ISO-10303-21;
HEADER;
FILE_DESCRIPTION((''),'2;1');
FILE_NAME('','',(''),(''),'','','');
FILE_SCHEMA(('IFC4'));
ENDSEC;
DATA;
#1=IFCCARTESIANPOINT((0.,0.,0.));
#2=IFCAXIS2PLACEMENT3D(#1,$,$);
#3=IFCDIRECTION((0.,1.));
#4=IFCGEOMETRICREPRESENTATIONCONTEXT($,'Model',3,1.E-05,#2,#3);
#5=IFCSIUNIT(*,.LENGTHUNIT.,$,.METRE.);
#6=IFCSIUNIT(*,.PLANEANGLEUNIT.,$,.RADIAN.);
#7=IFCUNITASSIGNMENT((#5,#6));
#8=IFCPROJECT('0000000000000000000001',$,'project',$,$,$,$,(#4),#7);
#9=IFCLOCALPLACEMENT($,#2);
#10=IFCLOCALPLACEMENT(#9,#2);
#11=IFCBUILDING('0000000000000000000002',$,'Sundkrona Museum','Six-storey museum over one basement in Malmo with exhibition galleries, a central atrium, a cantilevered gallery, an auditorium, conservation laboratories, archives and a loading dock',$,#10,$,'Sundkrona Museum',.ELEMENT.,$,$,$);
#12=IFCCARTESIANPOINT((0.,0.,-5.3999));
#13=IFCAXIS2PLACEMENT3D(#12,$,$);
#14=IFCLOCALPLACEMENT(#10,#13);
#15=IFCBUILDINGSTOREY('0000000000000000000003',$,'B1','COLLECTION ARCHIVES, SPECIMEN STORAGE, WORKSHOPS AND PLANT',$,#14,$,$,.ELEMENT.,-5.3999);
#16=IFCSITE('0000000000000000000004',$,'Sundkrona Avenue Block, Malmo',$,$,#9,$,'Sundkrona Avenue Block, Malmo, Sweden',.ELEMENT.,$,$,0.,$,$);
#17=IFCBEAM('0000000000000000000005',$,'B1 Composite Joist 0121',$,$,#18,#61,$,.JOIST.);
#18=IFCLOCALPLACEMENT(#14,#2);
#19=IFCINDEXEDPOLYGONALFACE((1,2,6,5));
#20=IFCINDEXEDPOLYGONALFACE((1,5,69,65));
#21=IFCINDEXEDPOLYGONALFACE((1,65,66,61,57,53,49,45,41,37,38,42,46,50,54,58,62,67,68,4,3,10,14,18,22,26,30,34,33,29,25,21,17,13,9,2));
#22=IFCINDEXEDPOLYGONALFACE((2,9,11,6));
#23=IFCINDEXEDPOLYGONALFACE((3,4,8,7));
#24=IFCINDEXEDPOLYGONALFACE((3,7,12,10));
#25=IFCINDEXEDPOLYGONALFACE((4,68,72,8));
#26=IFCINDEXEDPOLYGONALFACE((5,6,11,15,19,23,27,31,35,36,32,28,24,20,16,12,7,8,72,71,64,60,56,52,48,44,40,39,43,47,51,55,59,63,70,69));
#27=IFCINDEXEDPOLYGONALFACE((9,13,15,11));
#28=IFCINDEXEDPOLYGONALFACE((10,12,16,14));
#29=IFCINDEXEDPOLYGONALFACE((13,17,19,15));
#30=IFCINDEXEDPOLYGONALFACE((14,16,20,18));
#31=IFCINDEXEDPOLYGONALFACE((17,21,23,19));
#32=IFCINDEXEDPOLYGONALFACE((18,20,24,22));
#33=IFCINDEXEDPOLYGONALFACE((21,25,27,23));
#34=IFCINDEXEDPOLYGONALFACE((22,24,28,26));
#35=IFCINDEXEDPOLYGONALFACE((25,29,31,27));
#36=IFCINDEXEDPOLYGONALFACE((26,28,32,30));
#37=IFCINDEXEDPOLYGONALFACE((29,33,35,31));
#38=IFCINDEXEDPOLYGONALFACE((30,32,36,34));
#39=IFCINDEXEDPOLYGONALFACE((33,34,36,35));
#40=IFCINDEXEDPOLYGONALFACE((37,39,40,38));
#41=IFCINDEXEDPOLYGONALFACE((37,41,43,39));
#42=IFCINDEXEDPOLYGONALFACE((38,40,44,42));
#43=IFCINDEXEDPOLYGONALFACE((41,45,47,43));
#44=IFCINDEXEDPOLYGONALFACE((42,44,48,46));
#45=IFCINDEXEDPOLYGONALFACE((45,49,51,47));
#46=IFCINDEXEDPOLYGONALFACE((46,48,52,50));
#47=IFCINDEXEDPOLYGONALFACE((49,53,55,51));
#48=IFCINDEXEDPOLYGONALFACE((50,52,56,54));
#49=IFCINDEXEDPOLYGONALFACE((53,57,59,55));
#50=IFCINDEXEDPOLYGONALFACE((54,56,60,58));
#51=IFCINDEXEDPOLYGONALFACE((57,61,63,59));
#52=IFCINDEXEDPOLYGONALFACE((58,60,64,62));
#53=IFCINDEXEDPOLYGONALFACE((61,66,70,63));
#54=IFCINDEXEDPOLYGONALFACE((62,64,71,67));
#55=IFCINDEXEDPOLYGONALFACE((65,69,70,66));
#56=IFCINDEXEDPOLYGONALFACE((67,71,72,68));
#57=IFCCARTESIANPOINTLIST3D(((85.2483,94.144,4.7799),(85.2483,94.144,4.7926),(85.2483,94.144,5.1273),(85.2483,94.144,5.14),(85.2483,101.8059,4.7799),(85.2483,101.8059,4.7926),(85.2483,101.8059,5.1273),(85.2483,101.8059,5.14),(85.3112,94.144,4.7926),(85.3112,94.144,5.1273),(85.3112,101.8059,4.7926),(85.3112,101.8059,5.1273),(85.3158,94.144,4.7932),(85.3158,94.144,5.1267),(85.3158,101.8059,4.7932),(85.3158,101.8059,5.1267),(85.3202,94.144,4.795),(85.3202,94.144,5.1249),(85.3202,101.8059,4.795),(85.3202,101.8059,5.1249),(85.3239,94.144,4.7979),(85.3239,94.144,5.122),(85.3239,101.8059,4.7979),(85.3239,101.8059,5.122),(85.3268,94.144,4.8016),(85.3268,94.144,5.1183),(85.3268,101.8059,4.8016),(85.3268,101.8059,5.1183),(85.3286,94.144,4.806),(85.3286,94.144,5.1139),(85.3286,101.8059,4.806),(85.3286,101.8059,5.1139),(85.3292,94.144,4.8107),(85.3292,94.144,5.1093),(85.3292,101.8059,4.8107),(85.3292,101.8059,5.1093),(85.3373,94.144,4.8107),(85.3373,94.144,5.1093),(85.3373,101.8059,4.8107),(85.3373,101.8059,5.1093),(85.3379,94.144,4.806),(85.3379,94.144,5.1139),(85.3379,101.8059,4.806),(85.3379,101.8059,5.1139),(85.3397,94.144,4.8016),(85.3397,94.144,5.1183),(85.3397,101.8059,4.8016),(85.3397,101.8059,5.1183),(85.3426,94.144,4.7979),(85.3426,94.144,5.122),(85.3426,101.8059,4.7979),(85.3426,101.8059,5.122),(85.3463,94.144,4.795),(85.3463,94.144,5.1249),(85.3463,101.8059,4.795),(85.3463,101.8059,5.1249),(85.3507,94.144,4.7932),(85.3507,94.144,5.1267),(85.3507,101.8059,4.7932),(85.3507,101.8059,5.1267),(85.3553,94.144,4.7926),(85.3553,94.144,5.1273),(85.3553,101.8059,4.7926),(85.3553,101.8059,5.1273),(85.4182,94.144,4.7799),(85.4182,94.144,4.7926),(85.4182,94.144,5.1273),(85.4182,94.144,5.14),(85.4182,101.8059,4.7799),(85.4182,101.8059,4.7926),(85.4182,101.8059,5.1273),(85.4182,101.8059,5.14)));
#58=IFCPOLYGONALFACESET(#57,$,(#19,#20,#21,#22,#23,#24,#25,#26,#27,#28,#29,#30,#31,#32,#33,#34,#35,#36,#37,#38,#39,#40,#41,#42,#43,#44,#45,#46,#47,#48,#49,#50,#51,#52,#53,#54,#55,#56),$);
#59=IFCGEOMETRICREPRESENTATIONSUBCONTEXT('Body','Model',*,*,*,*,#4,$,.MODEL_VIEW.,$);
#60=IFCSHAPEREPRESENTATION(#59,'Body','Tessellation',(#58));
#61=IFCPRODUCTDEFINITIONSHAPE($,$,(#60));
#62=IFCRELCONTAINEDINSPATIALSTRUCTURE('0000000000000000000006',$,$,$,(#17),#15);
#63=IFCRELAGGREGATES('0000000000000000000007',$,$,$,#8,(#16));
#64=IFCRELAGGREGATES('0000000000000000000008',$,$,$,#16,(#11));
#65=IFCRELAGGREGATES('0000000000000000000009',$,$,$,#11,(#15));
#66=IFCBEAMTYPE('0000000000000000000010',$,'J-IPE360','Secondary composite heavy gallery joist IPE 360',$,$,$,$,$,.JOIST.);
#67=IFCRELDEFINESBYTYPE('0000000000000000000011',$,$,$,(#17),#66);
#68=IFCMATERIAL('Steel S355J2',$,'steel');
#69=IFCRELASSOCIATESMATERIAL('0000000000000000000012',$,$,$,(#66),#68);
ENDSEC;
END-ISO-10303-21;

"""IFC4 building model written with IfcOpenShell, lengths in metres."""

from ifc_helpers import new_model, si_unit, direction, frame, origin, origin_2d, place, context, subcontext, project, spatial, i_section, extrude, material, material_profile, profile_set, type_object, element, save


model = new_model("IFC4")

# Units and contexts
model_context = context("Model", 3, precision=1e-05, world=origin(), true_north=direction((0.0, 1.0)))
body_context = subcontext(model_context, "Body", "Model", "MODEL_VIEW")
ifc_project = project(units=[si_unit("LENGTHUNIT", "METRE"), si_unit("PLANEANGLEUNIT", "RADIAN")], contexts=[model_context])

# Site, building, storey
site_placement = place(None, origin())
site = spatial("IfcSite", under=ifc_project, at=site_placement, Name="Sundkrona Avenue Block, Malmo", LongName="Sundkrona Avenue Block, Malmo, Sweden", CompositionType="ELEMENT", RefElevation=0.0)
building_placement = place(site_placement, origin())
building = spatial("IfcBuilding", under=site, at=building_placement, Name="Sundkrona Museum", Description="Six-storey museum over one basement in Malmo with exhibition galleries, a central atrium, a cantilevered gallery, an auditorium, conservation laboratories, archives and a loading dock", LongName="Sundkrona Museum", CompositionType="ELEMENT")
storey_placement = place(building_placement, frame((0.0, 0.0, -5.3999)))
storey = spatial("IfcBuildingStorey", under=building, at=storey_placement, Name="B1", Description="COLLECTION ARCHIVES, SPECIMEN STORAGE, WORKSHOPS AND PLANT", CompositionType="ELEMENT", Elevation=-5.3999)

# Beam
ifc_material_1 = material(Name="Steel S355J2", Category="steel")
ifc_material_profile_1 = material_profile(ifc_material_1, i_section(OverallWidth=0.1699, OverallDepth=0.3601, WebThickness=0.0081, FlangeThickness=0.0127, FilletRadius=0.0181, at=origin_2d()), Name="IPE 360")
ifc_profile_set_1 = profile_set([ifc_material_profile_1], Name="Steel S355J2")
beam_type_1 = type_object("IfcBeamType", Name="J-IPE360", Description="Secondary composite heavy gallery joist IPE 360", PredefinedType="JOIST", material=ifc_profile_set_1)
beam_1_placement = place(storey_placement, frame((85.3333, 94.144, 4.96), z_axis=(0.0, 1.0, 0.0), x_axis=(-1.0, 0.0, 0.0)))
element("IfcBeam", 1, at=beam_1_placement, inside=storey, type_object=beam_type_1, Name="B1 Composite Joist 0121", PredefinedType="JOIST", context=body_context, shape_type="SweptSolid", body=[
    extrude(i_section(OverallWidth=0.1699, OverallDepth=0.3601, WebThickness=0.0081, FlangeThickness=0.0127, FilletRadius=0.0181, at=origin_2d()), origin(), (0.0, 0.0, 1.0), 7.6619),
])

save(model, "model.ifc")
